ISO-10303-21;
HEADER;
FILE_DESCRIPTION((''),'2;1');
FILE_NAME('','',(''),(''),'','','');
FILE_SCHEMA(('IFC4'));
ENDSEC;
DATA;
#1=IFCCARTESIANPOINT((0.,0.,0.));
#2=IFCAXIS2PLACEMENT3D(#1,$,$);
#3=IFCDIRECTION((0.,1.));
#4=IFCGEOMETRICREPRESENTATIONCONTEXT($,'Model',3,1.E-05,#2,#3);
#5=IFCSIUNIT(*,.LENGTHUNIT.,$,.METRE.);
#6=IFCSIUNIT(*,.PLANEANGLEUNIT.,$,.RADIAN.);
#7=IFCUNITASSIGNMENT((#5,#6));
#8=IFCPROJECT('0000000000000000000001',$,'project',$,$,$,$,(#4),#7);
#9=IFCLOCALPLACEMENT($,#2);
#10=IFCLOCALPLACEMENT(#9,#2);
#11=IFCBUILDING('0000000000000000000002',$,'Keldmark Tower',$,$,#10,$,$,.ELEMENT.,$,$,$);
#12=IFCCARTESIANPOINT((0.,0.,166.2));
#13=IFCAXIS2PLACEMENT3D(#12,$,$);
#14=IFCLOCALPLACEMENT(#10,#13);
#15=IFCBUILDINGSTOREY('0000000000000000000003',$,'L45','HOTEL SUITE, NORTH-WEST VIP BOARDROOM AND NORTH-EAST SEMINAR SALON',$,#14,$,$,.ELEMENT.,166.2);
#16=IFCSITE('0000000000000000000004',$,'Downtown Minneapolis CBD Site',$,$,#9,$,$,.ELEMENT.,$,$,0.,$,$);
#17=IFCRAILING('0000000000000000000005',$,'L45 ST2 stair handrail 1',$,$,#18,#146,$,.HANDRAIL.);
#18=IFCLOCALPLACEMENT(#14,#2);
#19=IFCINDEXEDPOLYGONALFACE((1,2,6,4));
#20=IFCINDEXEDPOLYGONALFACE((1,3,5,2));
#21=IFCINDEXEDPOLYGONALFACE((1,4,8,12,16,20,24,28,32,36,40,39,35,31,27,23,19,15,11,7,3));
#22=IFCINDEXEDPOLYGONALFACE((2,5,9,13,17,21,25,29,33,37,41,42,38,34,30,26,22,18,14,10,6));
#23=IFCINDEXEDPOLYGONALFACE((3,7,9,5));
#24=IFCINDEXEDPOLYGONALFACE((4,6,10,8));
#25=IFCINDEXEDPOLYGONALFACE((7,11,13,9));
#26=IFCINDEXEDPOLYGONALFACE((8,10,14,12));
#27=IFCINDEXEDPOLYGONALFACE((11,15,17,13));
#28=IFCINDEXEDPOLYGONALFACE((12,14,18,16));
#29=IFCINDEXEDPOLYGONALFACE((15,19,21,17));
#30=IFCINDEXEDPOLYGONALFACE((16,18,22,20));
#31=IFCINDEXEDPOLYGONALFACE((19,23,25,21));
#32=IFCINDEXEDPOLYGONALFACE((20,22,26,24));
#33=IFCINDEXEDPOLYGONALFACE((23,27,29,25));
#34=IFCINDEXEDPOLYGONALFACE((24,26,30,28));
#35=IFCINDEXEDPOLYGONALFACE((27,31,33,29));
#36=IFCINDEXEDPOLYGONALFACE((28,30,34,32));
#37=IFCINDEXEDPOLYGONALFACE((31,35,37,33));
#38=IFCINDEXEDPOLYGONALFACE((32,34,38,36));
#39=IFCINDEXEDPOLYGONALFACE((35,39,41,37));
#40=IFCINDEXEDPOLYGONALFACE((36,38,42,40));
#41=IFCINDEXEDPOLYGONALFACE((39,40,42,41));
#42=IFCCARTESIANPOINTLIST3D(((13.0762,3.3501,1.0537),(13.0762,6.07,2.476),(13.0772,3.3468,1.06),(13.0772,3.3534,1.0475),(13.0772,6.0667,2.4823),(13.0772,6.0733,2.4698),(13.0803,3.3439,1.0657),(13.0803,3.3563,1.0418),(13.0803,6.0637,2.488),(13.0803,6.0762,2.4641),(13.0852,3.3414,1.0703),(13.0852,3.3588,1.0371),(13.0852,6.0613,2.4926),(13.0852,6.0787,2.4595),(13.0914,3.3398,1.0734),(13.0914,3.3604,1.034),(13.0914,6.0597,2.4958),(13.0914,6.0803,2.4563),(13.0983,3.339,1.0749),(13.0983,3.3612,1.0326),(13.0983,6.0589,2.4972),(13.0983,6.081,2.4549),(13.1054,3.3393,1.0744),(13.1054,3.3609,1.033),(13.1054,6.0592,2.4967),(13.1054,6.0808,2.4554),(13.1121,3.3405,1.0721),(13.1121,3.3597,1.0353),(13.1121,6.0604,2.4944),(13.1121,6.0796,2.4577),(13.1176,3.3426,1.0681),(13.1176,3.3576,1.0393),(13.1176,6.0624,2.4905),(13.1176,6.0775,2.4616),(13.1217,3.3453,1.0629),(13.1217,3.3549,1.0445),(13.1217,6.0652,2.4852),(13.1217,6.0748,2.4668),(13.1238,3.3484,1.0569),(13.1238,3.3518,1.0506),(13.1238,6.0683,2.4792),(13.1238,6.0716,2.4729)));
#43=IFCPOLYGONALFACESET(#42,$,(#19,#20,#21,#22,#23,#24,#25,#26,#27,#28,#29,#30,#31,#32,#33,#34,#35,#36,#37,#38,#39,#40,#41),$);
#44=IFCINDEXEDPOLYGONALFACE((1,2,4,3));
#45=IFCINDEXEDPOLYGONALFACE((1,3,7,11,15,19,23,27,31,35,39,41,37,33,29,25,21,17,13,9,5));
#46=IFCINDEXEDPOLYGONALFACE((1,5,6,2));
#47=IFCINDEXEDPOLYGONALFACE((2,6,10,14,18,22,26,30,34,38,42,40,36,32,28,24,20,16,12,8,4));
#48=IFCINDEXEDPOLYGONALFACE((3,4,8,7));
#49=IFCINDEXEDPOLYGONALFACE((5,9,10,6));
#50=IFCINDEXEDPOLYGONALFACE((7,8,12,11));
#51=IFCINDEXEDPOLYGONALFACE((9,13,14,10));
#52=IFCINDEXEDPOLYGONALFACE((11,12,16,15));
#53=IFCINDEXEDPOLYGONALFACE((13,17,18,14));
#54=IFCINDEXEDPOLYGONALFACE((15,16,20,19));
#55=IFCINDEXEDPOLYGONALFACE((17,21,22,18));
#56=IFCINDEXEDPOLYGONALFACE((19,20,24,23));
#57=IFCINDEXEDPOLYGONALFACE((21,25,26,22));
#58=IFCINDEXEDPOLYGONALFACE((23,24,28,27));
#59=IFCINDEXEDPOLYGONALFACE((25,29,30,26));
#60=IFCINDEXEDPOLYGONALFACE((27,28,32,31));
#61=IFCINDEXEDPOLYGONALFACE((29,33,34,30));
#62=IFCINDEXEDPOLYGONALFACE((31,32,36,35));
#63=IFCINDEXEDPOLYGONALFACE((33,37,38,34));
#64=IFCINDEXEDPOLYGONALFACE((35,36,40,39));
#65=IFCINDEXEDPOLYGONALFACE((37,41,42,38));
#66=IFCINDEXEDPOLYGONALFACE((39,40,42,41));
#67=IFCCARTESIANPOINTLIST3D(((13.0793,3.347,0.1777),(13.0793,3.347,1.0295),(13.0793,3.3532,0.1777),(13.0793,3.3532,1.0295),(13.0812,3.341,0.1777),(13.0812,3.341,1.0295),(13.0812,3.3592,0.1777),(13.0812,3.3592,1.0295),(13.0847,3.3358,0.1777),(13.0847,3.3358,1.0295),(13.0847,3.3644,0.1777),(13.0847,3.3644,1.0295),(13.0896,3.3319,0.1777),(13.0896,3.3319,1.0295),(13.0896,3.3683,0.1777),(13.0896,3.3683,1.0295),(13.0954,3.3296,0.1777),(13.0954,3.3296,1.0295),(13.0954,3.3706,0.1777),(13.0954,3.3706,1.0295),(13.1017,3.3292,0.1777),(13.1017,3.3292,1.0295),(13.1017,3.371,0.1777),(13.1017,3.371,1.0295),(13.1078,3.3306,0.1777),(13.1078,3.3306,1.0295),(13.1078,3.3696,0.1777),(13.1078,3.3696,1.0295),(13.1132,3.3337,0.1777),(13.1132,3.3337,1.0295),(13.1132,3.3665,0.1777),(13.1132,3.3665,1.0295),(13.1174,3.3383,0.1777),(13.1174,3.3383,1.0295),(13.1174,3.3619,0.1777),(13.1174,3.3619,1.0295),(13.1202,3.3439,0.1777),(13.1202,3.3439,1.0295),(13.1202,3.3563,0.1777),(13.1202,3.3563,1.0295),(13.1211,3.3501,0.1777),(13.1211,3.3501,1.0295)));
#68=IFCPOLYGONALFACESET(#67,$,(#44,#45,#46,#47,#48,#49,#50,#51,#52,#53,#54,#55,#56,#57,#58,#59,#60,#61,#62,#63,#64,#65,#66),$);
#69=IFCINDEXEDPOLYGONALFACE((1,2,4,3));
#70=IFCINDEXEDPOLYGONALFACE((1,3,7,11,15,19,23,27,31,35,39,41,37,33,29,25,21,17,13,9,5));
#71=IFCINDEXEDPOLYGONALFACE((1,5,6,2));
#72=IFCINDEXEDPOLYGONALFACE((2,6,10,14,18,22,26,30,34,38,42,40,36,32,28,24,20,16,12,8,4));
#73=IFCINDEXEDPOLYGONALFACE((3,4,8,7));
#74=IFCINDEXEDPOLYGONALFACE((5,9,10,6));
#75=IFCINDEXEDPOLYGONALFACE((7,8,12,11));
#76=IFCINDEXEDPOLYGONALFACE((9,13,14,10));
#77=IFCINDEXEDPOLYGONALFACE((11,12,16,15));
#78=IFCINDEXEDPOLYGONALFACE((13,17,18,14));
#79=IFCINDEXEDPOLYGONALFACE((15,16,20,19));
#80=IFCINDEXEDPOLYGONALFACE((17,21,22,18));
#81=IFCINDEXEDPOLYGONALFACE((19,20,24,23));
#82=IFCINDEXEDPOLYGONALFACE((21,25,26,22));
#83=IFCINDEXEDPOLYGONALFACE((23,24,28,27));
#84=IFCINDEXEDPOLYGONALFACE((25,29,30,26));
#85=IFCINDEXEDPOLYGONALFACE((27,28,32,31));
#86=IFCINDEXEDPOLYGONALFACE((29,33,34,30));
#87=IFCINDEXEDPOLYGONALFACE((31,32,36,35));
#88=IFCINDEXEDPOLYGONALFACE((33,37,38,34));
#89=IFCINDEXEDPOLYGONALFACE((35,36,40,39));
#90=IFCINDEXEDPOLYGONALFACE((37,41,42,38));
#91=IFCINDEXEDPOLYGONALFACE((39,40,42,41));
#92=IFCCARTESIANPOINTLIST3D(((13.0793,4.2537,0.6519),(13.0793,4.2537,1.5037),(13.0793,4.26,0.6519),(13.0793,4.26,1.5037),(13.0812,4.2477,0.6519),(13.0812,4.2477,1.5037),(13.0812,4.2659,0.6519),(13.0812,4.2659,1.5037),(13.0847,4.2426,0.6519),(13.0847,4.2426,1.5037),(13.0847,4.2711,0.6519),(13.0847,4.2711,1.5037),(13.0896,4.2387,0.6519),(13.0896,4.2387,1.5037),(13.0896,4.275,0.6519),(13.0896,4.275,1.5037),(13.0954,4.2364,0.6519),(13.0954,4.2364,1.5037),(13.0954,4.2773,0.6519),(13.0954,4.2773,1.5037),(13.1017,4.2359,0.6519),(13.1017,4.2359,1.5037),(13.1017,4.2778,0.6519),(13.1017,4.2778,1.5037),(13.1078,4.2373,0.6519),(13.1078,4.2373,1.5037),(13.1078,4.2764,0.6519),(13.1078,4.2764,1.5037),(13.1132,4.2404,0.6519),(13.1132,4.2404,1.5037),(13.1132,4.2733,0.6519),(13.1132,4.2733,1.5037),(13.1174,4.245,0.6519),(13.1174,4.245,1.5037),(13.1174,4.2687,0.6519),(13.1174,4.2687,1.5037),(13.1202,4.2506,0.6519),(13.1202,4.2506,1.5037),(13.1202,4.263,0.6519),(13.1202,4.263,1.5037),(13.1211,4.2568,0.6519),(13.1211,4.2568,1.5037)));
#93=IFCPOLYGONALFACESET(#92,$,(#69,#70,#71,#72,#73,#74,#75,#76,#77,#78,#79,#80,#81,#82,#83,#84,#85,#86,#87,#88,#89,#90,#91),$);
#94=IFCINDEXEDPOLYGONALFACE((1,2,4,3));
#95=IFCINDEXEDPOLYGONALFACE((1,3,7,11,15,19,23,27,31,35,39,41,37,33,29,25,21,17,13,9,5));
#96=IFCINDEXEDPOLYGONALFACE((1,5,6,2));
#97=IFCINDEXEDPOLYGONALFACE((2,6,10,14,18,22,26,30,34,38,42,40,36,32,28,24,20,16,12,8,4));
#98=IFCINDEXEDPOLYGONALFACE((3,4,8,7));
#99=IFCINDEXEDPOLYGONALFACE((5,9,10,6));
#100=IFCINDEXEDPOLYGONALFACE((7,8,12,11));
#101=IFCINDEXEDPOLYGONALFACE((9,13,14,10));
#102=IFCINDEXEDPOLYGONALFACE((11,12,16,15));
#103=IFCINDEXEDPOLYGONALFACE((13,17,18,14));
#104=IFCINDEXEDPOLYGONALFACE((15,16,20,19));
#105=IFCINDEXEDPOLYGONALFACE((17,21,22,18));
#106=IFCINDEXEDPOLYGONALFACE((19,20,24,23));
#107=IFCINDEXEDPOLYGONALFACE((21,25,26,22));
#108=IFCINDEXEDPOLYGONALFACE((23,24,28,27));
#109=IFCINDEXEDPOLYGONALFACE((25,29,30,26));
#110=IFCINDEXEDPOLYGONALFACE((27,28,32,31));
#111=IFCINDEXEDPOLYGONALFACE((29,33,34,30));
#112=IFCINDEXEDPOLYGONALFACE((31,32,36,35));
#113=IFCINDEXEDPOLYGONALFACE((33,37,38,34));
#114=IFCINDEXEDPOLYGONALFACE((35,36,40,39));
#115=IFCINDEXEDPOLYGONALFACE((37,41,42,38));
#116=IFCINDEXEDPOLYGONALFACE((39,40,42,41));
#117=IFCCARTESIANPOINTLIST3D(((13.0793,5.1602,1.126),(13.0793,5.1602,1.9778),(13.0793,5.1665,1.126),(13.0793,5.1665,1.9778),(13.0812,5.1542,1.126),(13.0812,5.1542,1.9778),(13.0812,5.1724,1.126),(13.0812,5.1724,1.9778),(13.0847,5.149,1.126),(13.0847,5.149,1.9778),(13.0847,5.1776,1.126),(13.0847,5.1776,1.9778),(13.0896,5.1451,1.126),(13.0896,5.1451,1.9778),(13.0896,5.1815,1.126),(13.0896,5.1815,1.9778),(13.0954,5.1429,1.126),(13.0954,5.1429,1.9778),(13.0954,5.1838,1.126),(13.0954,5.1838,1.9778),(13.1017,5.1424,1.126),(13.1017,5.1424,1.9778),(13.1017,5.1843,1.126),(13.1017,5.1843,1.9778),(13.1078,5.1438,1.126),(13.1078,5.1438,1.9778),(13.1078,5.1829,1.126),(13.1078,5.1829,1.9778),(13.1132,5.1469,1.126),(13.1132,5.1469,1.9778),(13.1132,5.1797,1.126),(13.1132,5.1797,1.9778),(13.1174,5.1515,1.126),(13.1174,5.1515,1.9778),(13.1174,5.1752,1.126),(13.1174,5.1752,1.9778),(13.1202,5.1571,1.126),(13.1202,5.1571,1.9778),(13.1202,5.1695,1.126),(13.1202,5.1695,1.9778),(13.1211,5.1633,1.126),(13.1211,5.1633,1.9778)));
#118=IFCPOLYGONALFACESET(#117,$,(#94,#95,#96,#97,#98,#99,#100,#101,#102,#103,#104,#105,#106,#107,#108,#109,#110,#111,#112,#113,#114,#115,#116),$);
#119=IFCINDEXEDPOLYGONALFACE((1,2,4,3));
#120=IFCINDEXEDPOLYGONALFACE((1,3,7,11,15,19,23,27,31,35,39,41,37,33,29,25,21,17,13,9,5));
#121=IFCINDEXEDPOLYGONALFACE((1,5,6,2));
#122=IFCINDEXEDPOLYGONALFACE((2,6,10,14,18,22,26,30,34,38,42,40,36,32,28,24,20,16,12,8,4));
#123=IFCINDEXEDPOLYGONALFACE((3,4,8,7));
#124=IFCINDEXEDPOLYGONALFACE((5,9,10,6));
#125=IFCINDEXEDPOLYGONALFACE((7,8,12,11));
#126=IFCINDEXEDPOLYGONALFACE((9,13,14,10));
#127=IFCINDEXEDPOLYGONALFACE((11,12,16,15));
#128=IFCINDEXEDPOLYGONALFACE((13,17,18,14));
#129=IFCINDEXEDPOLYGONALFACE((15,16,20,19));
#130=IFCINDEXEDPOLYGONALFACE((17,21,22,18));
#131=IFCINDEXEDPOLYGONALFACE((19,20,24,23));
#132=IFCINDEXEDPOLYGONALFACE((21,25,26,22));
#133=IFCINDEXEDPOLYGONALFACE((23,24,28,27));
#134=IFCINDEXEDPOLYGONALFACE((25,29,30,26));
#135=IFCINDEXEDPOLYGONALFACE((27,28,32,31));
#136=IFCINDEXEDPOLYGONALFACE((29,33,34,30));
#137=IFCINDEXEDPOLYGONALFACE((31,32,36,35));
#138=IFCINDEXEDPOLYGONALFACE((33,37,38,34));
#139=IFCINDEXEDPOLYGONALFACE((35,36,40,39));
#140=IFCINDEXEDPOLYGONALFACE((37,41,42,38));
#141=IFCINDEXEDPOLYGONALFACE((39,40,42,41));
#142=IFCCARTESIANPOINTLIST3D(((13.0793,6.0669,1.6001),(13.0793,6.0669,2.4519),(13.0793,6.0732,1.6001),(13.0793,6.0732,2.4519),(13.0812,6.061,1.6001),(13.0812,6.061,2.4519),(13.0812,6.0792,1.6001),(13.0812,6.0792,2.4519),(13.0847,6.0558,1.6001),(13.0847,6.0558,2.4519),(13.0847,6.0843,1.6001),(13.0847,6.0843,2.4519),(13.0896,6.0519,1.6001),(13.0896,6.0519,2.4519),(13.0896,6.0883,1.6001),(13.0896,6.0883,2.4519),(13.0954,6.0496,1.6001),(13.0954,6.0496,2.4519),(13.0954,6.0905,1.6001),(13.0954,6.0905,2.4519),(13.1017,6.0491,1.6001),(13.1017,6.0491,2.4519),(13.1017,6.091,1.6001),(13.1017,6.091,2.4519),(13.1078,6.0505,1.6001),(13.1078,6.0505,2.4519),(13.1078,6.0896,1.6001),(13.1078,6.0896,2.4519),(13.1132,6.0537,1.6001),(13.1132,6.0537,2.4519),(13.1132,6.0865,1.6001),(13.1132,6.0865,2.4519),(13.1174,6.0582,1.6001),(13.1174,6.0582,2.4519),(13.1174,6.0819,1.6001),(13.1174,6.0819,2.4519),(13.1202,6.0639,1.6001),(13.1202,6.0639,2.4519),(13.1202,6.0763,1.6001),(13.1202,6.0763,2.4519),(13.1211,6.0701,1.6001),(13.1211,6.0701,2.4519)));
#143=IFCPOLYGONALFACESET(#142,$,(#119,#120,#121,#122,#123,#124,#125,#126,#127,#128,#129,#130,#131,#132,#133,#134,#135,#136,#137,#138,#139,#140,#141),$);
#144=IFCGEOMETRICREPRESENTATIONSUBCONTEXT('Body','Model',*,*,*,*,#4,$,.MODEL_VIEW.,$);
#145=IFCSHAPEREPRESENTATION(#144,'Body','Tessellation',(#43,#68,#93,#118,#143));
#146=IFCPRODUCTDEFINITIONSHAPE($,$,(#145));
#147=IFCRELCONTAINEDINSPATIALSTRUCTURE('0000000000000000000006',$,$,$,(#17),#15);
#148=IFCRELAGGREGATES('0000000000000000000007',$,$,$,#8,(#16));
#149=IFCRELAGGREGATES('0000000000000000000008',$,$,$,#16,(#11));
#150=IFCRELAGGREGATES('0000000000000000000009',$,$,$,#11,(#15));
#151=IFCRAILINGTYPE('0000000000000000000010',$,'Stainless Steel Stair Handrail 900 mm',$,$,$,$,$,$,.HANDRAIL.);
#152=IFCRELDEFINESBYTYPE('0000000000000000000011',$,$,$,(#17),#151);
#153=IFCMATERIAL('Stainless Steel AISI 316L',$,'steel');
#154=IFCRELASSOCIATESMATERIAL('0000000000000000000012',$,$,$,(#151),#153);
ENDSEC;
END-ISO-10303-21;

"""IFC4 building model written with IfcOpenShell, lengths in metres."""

from ifc_helpers import new_model, si_unit, direction, frame, origin, origin_2d, place, context, subcontext, project, spatial, circle, extrude, material, type_object, element, save


model = new_model("IFC4")

# Units and contexts
model_context = context("Model", 3, precision=1e-05, world=origin(), true_north=direction((0.0, 1.0)))
body_context = subcontext(model_context, "Body", "Model", "MODEL_VIEW")
ifc_project = project(units=[si_unit("LENGTHUNIT", "METRE"), si_unit("PLANEANGLEUNIT", "RADIAN")], contexts=[model_context])

# Site, building, storey
site_placement = place(None, origin())
site = spatial("IfcSite", under=ifc_project, at=site_placement, Name="Downtown Minneapolis CBD Site", CompositionType="ELEMENT", RefElevation=0.0)
building_placement = place(site_placement, origin())
building = spatial("IfcBuilding", under=site, at=building_placement, Name="Keldmark Tower", CompositionType="ELEMENT")
storey_placement = place(building_placement, frame((0.0, 0.0, 166.2)))
storey = spatial("IfcBuildingStorey", under=building, at=storey_placement, Name="L45", Description="HOTEL SUITE, NORTH-WEST VIP BOARDROOM AND NORTH-EAST SEMINAR SALON", CompositionType="ELEMENT", Elevation=166.2)

# Railing
ifc_material_1 = material(Name="Stainless Steel AISI 316L", Category="steel")
railing_type_1 = type_object("IfcRailingType", Name="Stainless Steel Stair Handrail 900 mm", PredefinedType="HANDRAIL", material=ifc_material_1)
railing_1_placement = place(storey_placement, frame((13.1001, 3.3501, 0.1777)))
element("IfcRailing", 1, at=railing_1_placement, inside=storey, type_object=railing_type_1, Name="L45 ST2 stair handrail 1", PredefinedType="HANDRAIL", context=body_context, shape_type="SweptSolid", body=[
    extrude(circle(Radius=0.0239, at=origin_2d()), frame((0.0, 0.0, 0.876), z_axis=(0.0, 0.88615, 0.463398), x_axis=(-1.0, 0.0, 0.0)), (0.0, 0.0, 1.0), 3.0693),
    extrude(circle(Radius=0.021, at=origin_2d()), origin(), (0.0, 0.0, 1.0), 0.8518),
    extrude(circle(Radius=0.021, at=origin_2d()), frame((0.0, 0.9067, 0.4741)), (0.0, 0.0, 1.0), 0.8518),
    extrude(circle(Radius=0.021, at=origin_2d()), frame((0.0, 1.8132, 0.9482)), (0.0, 0.0, 1.0), 0.8518),
    extrude(circle(Radius=0.021, at=origin_2d()), frame((0.0, 2.72, 1.4224)), (0.0, 0.0, 1.0), 0.8518),
])

save(model, "model.ifc")
